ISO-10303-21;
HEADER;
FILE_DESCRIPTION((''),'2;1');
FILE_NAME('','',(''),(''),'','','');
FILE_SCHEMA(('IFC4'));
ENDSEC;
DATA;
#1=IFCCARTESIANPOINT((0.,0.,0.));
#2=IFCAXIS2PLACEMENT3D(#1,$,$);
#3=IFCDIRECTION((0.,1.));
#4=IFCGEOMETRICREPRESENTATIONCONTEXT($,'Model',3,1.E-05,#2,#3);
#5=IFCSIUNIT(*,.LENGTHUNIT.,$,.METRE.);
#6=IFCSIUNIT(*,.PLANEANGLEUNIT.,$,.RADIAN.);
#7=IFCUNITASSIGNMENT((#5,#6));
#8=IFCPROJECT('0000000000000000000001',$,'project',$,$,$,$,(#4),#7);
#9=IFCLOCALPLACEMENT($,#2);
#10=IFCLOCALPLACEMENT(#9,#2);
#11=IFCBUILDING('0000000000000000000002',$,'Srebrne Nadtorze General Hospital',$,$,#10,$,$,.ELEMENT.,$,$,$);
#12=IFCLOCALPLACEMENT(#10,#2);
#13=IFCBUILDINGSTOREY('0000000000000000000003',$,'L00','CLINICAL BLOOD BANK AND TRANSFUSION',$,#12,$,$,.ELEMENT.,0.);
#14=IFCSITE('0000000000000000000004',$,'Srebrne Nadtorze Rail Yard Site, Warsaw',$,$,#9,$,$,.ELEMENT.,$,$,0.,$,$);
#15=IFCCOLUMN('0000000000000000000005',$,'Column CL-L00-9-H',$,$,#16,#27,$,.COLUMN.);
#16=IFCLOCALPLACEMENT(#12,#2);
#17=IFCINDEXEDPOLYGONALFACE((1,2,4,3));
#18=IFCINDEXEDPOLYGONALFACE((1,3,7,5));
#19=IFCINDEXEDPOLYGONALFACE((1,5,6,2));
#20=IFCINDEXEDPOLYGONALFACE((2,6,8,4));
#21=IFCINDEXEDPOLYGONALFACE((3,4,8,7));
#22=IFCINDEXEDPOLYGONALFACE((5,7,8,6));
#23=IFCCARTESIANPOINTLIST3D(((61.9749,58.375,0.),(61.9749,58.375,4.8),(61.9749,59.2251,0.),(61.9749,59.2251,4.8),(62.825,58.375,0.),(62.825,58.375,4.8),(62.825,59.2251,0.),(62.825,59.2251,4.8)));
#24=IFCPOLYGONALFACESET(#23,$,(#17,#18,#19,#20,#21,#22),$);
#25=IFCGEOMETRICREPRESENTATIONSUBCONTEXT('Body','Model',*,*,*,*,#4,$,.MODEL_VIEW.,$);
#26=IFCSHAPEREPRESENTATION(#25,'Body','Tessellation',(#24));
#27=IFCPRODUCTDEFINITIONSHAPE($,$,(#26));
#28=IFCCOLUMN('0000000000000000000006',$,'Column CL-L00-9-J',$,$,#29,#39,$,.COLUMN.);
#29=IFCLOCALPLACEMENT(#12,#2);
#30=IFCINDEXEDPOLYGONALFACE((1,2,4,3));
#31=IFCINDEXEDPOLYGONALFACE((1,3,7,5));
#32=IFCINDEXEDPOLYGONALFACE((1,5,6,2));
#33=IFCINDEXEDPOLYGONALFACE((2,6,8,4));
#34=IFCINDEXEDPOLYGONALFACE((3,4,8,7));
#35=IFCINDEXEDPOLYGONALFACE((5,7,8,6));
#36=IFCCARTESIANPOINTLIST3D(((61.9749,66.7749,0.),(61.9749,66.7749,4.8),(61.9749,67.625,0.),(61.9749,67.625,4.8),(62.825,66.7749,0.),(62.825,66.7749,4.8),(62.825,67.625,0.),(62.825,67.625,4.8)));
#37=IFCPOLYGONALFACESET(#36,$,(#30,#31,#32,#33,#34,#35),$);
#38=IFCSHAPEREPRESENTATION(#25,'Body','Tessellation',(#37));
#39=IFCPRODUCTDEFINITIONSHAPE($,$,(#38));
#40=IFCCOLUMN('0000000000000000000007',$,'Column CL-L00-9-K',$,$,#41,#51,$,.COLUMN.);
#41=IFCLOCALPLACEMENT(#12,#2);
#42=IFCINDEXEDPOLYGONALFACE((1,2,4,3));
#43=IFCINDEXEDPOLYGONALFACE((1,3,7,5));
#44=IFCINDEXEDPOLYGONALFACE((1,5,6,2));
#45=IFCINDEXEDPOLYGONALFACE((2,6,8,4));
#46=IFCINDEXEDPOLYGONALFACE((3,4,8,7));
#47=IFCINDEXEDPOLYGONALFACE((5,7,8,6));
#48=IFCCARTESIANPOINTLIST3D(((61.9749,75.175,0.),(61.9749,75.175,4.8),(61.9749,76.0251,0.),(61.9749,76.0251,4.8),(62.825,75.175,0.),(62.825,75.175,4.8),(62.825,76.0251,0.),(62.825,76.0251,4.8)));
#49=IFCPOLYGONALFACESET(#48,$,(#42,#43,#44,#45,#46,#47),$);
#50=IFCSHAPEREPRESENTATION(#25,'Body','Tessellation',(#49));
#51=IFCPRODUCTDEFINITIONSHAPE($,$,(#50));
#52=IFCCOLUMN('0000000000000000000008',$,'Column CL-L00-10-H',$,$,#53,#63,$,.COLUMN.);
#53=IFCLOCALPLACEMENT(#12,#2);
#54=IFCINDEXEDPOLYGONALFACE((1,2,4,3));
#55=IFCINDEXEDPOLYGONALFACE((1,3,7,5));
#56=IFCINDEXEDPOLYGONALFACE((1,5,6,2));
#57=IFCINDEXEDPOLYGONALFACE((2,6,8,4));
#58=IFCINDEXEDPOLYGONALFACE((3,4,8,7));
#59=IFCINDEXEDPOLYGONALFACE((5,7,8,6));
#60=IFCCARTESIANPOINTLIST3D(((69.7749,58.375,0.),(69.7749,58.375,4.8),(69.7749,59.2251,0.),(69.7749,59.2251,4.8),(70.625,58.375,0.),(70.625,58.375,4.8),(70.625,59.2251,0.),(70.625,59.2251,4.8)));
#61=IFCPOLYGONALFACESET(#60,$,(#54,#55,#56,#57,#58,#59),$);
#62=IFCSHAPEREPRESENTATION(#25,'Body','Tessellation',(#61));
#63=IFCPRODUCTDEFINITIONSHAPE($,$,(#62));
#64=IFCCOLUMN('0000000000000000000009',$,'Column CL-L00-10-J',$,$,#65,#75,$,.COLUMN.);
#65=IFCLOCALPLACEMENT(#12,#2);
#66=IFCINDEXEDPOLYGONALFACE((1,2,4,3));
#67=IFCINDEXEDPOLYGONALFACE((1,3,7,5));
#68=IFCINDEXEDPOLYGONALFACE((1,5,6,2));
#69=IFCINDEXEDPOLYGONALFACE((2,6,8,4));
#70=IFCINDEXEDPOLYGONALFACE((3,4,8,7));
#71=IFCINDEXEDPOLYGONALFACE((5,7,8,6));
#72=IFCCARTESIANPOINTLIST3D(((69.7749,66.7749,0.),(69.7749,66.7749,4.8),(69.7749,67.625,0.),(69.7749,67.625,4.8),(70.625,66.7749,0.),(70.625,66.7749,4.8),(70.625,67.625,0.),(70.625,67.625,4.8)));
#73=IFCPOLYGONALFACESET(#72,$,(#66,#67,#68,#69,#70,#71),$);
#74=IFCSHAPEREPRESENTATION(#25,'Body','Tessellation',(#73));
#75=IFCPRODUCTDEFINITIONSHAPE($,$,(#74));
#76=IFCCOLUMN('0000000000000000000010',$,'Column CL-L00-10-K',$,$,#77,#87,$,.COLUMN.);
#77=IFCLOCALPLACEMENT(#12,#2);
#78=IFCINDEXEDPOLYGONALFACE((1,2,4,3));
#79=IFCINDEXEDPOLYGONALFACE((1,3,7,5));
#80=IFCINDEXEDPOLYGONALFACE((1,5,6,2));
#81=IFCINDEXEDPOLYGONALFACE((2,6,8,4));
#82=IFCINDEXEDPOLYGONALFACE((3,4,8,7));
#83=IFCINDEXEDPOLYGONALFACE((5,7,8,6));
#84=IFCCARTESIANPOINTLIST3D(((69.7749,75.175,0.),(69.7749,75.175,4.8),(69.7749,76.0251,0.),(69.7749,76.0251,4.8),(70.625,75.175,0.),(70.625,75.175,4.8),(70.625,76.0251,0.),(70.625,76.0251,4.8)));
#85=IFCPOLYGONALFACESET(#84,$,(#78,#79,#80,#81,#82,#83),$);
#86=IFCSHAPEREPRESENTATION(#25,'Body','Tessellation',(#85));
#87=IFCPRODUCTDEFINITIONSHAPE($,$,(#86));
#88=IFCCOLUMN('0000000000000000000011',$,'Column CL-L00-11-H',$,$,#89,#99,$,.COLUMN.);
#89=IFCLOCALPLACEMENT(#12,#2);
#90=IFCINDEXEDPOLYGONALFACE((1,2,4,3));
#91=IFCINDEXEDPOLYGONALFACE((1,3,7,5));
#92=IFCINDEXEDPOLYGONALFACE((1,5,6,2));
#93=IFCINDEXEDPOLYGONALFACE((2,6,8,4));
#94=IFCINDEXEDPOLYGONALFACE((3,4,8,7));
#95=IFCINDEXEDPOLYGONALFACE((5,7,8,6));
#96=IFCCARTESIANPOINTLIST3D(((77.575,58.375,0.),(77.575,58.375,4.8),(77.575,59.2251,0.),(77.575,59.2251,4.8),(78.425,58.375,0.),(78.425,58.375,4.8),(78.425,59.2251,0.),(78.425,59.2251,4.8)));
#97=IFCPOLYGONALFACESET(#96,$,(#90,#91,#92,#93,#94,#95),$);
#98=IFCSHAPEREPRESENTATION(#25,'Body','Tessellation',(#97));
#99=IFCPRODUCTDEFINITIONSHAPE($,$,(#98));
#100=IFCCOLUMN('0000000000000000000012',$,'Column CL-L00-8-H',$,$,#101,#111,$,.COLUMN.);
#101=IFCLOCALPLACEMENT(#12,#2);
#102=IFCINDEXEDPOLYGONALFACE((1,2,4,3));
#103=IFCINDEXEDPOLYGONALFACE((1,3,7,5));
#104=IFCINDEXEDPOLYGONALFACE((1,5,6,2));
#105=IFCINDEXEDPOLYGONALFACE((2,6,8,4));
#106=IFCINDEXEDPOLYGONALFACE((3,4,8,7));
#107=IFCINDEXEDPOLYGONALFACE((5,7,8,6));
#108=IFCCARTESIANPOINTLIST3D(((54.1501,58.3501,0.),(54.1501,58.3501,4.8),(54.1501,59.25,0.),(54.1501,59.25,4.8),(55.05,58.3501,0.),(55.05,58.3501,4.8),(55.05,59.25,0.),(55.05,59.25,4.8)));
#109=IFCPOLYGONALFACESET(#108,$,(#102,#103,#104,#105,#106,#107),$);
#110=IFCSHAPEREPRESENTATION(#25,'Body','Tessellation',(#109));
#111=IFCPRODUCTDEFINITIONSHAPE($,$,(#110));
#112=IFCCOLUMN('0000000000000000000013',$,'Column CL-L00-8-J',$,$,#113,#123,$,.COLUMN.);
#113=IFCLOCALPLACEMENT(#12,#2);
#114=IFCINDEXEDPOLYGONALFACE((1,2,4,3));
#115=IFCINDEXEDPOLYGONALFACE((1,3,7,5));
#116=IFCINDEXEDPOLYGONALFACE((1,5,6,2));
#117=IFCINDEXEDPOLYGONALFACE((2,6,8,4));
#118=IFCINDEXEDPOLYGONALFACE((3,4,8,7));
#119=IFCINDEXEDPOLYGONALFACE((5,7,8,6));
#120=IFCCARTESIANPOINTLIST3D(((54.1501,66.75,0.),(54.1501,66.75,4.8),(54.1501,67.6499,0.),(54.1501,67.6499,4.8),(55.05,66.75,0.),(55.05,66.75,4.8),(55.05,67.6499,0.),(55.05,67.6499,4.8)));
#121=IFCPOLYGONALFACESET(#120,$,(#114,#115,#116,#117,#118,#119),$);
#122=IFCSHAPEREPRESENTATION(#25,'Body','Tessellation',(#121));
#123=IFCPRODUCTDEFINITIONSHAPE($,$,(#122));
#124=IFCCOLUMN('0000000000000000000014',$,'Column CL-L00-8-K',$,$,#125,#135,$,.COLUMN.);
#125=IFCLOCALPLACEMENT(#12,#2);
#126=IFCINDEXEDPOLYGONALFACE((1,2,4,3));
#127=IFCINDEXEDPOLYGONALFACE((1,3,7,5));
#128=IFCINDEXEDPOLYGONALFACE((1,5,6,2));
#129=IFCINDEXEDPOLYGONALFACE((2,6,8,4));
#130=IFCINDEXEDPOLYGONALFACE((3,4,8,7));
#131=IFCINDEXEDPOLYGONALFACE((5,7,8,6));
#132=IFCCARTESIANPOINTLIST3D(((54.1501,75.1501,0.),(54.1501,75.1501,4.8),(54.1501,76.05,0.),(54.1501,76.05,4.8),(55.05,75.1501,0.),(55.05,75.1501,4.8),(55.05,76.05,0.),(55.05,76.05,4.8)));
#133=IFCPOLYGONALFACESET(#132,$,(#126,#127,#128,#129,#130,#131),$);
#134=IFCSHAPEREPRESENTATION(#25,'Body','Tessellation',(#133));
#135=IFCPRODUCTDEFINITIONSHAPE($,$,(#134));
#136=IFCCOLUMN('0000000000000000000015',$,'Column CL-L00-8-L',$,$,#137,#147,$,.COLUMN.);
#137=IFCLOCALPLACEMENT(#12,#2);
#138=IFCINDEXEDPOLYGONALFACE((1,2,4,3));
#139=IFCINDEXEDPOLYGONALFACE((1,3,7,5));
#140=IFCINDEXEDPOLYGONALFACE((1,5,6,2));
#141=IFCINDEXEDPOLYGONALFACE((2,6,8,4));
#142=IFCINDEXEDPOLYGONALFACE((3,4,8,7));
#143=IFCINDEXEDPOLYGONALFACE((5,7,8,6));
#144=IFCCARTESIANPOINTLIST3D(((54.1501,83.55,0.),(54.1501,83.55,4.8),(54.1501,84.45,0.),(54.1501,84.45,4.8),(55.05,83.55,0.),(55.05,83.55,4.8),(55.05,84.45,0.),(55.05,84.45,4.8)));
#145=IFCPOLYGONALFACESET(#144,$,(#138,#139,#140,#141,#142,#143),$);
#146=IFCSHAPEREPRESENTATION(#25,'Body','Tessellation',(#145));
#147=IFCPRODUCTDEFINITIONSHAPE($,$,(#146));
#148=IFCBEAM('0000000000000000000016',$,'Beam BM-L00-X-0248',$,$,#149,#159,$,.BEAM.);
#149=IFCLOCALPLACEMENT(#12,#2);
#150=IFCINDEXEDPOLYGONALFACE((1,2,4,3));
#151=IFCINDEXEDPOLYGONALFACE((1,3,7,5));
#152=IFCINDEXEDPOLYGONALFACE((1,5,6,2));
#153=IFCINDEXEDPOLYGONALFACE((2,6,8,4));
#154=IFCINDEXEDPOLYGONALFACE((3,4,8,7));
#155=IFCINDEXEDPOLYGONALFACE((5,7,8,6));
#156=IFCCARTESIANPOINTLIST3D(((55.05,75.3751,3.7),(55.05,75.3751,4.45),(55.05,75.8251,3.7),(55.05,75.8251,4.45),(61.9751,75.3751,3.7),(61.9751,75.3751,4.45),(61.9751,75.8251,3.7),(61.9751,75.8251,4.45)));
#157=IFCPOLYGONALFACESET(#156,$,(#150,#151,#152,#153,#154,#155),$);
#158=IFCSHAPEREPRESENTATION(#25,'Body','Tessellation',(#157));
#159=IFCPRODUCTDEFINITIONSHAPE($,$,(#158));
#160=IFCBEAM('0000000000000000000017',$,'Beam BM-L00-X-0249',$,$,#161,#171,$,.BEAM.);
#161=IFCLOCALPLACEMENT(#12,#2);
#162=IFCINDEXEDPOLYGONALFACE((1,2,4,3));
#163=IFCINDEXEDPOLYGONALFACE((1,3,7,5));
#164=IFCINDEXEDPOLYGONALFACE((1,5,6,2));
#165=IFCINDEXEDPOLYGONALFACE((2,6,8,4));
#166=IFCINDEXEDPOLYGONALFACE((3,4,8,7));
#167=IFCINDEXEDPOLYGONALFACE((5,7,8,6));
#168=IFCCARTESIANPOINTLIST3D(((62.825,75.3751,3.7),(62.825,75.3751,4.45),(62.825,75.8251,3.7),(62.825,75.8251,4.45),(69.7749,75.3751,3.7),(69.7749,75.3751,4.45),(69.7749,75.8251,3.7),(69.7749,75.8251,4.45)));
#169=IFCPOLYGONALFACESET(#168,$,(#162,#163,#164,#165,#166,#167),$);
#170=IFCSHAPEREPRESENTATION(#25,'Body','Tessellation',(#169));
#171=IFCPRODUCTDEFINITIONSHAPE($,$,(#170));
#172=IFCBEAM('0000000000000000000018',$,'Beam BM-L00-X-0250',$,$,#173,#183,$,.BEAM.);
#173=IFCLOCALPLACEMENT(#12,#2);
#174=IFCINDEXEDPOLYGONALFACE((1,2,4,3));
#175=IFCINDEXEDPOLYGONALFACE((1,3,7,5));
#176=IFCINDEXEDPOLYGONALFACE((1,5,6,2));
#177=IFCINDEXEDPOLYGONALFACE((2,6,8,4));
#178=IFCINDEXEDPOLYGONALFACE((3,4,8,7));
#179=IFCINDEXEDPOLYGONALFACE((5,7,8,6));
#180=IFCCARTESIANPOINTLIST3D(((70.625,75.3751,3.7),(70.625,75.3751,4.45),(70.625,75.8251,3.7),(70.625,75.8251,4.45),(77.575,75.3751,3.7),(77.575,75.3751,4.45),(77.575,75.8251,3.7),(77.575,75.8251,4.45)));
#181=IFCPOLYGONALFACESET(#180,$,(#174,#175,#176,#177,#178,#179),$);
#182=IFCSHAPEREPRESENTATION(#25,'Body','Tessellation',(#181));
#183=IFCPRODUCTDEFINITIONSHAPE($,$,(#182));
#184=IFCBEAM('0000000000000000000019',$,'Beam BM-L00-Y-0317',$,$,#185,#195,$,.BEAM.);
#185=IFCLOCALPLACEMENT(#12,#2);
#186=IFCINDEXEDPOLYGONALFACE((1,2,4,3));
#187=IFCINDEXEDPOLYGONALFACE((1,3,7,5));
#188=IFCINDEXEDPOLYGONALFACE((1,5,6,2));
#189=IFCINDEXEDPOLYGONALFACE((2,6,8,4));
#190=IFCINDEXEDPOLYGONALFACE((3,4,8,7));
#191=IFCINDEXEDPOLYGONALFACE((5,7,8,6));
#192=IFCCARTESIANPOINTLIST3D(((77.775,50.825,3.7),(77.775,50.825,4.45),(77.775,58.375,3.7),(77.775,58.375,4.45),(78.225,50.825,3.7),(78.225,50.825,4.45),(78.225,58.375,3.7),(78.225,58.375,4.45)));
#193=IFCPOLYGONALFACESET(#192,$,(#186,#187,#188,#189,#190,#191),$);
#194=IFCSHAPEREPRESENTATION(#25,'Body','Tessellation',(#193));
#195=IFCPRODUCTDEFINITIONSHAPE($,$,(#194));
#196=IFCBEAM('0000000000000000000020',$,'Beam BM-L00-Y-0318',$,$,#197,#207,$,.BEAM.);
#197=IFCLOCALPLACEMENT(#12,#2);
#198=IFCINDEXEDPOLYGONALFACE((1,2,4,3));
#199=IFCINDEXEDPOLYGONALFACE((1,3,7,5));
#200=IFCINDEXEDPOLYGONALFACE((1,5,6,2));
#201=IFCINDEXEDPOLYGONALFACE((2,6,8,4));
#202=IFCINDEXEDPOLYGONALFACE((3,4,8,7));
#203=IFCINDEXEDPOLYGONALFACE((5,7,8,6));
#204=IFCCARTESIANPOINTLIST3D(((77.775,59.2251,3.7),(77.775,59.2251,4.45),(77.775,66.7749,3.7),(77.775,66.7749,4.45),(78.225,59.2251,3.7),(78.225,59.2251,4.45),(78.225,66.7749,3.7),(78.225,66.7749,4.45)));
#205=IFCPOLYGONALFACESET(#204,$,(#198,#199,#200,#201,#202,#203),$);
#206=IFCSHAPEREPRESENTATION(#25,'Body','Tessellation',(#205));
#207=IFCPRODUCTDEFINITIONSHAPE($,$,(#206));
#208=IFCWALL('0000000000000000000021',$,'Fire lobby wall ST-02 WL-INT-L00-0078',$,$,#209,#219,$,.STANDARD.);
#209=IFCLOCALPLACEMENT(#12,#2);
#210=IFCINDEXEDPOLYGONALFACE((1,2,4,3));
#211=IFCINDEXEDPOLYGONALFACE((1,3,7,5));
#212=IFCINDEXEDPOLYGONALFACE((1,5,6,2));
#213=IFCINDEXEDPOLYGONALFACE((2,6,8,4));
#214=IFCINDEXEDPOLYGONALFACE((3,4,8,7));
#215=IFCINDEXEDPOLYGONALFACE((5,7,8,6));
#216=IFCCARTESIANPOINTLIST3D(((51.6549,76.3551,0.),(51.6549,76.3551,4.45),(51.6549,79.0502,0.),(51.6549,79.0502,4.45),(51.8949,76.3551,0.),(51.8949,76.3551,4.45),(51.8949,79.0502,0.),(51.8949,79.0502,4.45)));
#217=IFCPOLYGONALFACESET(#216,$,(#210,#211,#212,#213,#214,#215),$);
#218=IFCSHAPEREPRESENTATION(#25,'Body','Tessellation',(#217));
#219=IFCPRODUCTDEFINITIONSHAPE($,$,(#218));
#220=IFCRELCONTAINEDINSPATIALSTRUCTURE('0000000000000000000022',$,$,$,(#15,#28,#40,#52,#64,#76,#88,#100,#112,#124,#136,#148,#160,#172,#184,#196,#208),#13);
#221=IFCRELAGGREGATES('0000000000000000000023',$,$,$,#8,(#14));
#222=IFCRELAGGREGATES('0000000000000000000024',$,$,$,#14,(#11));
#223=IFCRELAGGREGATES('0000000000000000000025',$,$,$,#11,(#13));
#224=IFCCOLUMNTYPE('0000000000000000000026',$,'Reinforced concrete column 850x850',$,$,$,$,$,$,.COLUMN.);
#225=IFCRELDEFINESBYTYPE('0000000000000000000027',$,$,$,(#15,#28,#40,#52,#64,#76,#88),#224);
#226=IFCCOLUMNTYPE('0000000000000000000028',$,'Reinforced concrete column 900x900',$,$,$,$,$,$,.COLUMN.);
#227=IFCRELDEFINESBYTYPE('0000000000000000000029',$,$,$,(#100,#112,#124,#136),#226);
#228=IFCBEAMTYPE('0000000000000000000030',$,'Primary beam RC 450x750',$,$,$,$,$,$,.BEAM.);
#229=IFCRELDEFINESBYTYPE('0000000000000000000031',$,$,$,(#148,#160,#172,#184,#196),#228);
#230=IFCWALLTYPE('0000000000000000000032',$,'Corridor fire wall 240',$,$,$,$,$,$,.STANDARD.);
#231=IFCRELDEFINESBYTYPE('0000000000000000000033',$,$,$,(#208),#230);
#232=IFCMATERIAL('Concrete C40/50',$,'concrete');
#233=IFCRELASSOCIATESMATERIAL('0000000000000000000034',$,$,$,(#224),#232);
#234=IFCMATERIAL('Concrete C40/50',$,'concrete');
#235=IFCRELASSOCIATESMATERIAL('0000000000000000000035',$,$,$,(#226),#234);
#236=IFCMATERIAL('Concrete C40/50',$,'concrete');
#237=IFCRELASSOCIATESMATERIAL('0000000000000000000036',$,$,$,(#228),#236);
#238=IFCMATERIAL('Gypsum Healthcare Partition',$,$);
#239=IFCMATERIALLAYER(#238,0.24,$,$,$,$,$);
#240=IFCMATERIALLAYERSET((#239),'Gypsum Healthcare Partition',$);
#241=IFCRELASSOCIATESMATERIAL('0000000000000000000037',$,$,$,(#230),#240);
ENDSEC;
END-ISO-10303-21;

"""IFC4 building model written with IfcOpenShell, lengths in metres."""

from ifc_helpers import new_model, si_unit, direction, frame, frame_2d, origin, origin_2d, place, context, subcontext, project, spatial, rectangle, extrude, material, layer, layer_set, material_profile, profile_set, type_object, element, save


model = new_model("IFC4")

# Units and contexts
model_context = context("Model", 3, precision=1e-05, world=origin(), true_north=direction((0.0, 1.0)))
body_context = subcontext(model_context, "Body", "Model", "MODEL_VIEW")
ifc_project = project(units=[si_unit("LENGTHUNIT", "METRE"), si_unit("PLANEANGLEUNIT", "RADIAN")], contexts=[model_context])

# Site, building, storey
site_placement = place(None, origin())
site = spatial("IfcSite", under=ifc_project, at=site_placement, Name="Srebrne Nadtorze Rail Yard Site, Warsaw", CompositionType="ELEMENT", RefElevation=0.0)
building_placement = place(site_placement, origin())
building = spatial("IfcBuilding", under=site, at=building_placement, Name="Srebrne Nadtorze General Hospital", CompositionType="ELEMENT")
storey_placement = place(building_placement, origin())
storey = spatial("IfcBuildingStorey", under=building, at=storey_placement, Name="L00", Description="CLINICAL BLOOD BANK AND TRANSFUSION", CompositionType="ELEMENT", Elevation=0.0)

# Columns
ifc_material_1 = material(Name="Concrete C40/50", Category="concrete")
ifc_material_profile_1 = material_profile(ifc_material_1, rectangle(XDim=0.8501, YDim=0.8501, at=origin_2d()), Name="RC-COL-850x850")
ifc_profile_set_1 = profile_set([ifc_material_profile_1], Name="Concrete C40/50")
column_type_1 = type_object("IfcColumnType", Name="Reinforced concrete column 850x850", PredefinedType="COLUMN", material=ifc_profile_set_1)
for number, where, z_axis, x_axis, name in (
    (1, (62.3999, 58.8, 0.0), (0.0, 0.0, 1.0), (1.0, 0.0, 0.0), "Column CL-L00-9-H"),
    (2, (62.3999, 67.2, 0.0), (0.0, 0.0, 1.0), (1.0, 0.0, 0.0), "Column CL-L00-9-J"),
    (3, (62.3999, 75.6001, 0.0), (0.0, 0.0, 1.0), (1.0, 0.0, 0.0), "Column CL-L00-9-K"),
    (4, (70.2, 58.8, 0.0), (0.0, 0.0, 1.0), (1.0, 0.0, 0.0), "Column CL-L00-10-H"),
    (5, (70.2, 67.2, 0.0), (0.0, 0.0, 1.0), (1.0, 0.0, 0.0), "Column CL-L00-10-J"),
    (6, (70.2, 75.6001, 0.0), (0.0, 0.0, 1.0), (1.0, 0.0, 0.0), "Column CL-L00-10-K"),
    (7, (78.0, 58.8, 0.0), (0.0, 0.0, 1.0), (1.0, 0.0, 0.0), "Column CL-L00-11-H"),
):
    element("IfcColumn", number, at=place(storey_placement, frame(where, z_axis=z_axis, x_axis=x_axis)), inside=storey, type_object=column_type_1, Name=name, PredefinedType="COLUMN", context=body_context, shape_type="SweptSolid", body=[
        extrude(rectangle(XDim=0.8501, YDim=0.8501, at=origin_2d()), origin(), (0.0, 0.0, 1.0), 4.8),
    ])
ifc_material_2 = material(Name="Concrete C40/50", Category="concrete")
ifc_material_profile_2 = material_profile(ifc_material_2, rectangle(XDim=0.8999, YDim=0.8999, at=origin_2d()), Name="RC-COL-900x900")
ifc_profile_set_2 = profile_set([ifc_material_profile_2], Name="Concrete C40/50")
column_type_2 = type_object("IfcColumnType", Name="Reinforced concrete column 900x900", PredefinedType="COLUMN", material=ifc_profile_set_2)
for number, where, z_axis, x_axis, name in (
    (8, (54.6001, 58.8, 0.0), (0.0, 0.0, 1.0), (1.0, 0.0, 0.0), "Column CL-L00-8-H"),
    (9, (54.6001, 67.2, 0.0), (0.0, 0.0, 1.0), (1.0, 0.0, 0.0), "Column CL-L00-8-J"),
    (10, (54.6001, 75.6001, 0.0), (0.0, 0.0, 1.0), (1.0, 0.0, 0.0), "Column CL-L00-8-K"),
    (11, (54.6001, 84.0, 0.0), (0.0, 0.0, 1.0), (1.0, 0.0, 0.0), "Column CL-L00-8-L"),
):
    element("IfcColumn", number, at=place(storey_placement, frame(where, z_axis=z_axis, x_axis=x_axis)), inside=storey, type_object=column_type_2, Name=name, PredefinedType="COLUMN", context=body_context, shape_type="SweptSolid", body=[
        extrude(rectangle(XDim=0.8999, YDim=0.8999, at=origin_2d()), origin(), (0.0, 0.0, 1.0), 4.8),
    ])

# Beams
ifc_material_3 = material(Name="Concrete C40/50", Category="concrete")
ifc_material_profile_3 = material_profile(ifc_material_3, rectangle(XDim=0.45, YDim=0.75, at=origin_2d()), Name="RC-BM-450x750")
ifc_profile_set_3 = profile_set([ifc_material_profile_3], Name="Concrete C40/50")
beam_type = type_object("IfcBeamType", Name="Primary beam RC 450x750", PredefinedType="BEAM", material=ifc_profile_set_3)
beam_1_placement = place(storey_placement, frame((55.05, 75.6001, 4.075), z_axis=(1.0, 0.0, 0.0), x_axis=(0.0, 1.0, 0.0)))
element("IfcBeam", 12, at=beam_1_placement, inside=storey, type_object=beam_type, Name="Beam BM-L00-X-0248", PredefinedType="BEAM", context=body_context, shape_type="SweptSolid", body=[
    extrude(rectangle(XDim=0.45, YDim=0.75, at=origin_2d()), origin(), (0.0, 0.0, 1.0), 6.925),
])
for number, where, z_axis, x_axis, name in (
    (13, (62.825, 75.6001, 4.075), (1.0, 0.0, 0.0), (0.0, 1.0, 0.0), "Beam BM-L00-X-0249"),
    (14, (70.625, 75.6001, 4.075), (1.0, 0.0, 0.0), (0.0, 1.0, 0.0), "Beam BM-L00-X-0250"),
):
    element("IfcBeam", number, at=place(storey_placement, frame(where, z_axis=z_axis, x_axis=x_axis)), inside=storey, type_object=beam_type, Name=name, PredefinedType="BEAM", context=body_context, shape_type="SweptSolid", body=[
        extrude(rectangle(XDim=0.45, YDim=0.75, at=origin_2d()), origin(), (0.0, 0.0, 1.0), 6.95),
    ])
beam_2_placement = place(storey_placement, frame((78.0, 50.825, 4.075), z_axis=(0.0, 1.0, 0.0), x_axis=(-1.0, 0.0, 0.0)))
element("IfcBeam", 15, at=beam_2_placement, inside=storey, type_object=beam_type, Name="Beam BM-L00-Y-0317", PredefinedType="BEAM", context=body_context, shape_type="SweptSolid", body=[
    extrude(rectangle(XDim=0.45, YDim=0.75, at=origin_2d()), origin(), (0.0, 0.0, 1.0), 7.55),
])
beam_3_placement = place(storey_placement, frame((78.0, 59.2251, 4.075), z_axis=(0.0, 1.0, 0.0), x_axis=(-1.0, 0.0, 0.0)))
element("IfcBeam", 16, at=beam_3_placement, inside=storey, type_object=beam_type, Name="Beam BM-L00-Y-0318", PredefinedType="BEAM", context=body_context, shape_type="SweptSolid", body=[
    extrude(rectangle(XDim=0.45, YDim=0.75, at=origin_2d()), origin(), (0.0, 0.0, 1.0), 7.5498),
])

# Wall
ifc_material_4 = material(Name="Gypsum Healthcare Partition")
ifc_layer_1 = layer(ifc_material_4, 0.24)
ifc_layer_set_1 = layer_set([ifc_layer_1], Name="Gypsum Healthcare Partition")
wall_type_1 = type_object("IfcWallType", Name="Corridor fire wall 240", PredefinedType="STANDARD", material=ifc_layer_set_1)
wall_1_placement = place(storey_placement, frame((51.7749, 76.355, 0.0), z_axis=(0.0, 0.0, 1.0), x_axis=(0.0, 1.0, 0.0)))
element("IfcWall", 17, at=wall_1_placement, inside=storey, type_object=wall_type_1, Name="Fire lobby wall ST-02 WL-INT-L00-0078", PredefinedType="STANDARD", context=body_context, shape_type="SweptSolid", body=[
    extrude(rectangle(XDim=2.6951, YDim=0.24, at=frame_2d((1.3477, 0.0))), origin(), (0.0, 0.0, 1.0), 4.45),
])

save(model, "model.ifc")
